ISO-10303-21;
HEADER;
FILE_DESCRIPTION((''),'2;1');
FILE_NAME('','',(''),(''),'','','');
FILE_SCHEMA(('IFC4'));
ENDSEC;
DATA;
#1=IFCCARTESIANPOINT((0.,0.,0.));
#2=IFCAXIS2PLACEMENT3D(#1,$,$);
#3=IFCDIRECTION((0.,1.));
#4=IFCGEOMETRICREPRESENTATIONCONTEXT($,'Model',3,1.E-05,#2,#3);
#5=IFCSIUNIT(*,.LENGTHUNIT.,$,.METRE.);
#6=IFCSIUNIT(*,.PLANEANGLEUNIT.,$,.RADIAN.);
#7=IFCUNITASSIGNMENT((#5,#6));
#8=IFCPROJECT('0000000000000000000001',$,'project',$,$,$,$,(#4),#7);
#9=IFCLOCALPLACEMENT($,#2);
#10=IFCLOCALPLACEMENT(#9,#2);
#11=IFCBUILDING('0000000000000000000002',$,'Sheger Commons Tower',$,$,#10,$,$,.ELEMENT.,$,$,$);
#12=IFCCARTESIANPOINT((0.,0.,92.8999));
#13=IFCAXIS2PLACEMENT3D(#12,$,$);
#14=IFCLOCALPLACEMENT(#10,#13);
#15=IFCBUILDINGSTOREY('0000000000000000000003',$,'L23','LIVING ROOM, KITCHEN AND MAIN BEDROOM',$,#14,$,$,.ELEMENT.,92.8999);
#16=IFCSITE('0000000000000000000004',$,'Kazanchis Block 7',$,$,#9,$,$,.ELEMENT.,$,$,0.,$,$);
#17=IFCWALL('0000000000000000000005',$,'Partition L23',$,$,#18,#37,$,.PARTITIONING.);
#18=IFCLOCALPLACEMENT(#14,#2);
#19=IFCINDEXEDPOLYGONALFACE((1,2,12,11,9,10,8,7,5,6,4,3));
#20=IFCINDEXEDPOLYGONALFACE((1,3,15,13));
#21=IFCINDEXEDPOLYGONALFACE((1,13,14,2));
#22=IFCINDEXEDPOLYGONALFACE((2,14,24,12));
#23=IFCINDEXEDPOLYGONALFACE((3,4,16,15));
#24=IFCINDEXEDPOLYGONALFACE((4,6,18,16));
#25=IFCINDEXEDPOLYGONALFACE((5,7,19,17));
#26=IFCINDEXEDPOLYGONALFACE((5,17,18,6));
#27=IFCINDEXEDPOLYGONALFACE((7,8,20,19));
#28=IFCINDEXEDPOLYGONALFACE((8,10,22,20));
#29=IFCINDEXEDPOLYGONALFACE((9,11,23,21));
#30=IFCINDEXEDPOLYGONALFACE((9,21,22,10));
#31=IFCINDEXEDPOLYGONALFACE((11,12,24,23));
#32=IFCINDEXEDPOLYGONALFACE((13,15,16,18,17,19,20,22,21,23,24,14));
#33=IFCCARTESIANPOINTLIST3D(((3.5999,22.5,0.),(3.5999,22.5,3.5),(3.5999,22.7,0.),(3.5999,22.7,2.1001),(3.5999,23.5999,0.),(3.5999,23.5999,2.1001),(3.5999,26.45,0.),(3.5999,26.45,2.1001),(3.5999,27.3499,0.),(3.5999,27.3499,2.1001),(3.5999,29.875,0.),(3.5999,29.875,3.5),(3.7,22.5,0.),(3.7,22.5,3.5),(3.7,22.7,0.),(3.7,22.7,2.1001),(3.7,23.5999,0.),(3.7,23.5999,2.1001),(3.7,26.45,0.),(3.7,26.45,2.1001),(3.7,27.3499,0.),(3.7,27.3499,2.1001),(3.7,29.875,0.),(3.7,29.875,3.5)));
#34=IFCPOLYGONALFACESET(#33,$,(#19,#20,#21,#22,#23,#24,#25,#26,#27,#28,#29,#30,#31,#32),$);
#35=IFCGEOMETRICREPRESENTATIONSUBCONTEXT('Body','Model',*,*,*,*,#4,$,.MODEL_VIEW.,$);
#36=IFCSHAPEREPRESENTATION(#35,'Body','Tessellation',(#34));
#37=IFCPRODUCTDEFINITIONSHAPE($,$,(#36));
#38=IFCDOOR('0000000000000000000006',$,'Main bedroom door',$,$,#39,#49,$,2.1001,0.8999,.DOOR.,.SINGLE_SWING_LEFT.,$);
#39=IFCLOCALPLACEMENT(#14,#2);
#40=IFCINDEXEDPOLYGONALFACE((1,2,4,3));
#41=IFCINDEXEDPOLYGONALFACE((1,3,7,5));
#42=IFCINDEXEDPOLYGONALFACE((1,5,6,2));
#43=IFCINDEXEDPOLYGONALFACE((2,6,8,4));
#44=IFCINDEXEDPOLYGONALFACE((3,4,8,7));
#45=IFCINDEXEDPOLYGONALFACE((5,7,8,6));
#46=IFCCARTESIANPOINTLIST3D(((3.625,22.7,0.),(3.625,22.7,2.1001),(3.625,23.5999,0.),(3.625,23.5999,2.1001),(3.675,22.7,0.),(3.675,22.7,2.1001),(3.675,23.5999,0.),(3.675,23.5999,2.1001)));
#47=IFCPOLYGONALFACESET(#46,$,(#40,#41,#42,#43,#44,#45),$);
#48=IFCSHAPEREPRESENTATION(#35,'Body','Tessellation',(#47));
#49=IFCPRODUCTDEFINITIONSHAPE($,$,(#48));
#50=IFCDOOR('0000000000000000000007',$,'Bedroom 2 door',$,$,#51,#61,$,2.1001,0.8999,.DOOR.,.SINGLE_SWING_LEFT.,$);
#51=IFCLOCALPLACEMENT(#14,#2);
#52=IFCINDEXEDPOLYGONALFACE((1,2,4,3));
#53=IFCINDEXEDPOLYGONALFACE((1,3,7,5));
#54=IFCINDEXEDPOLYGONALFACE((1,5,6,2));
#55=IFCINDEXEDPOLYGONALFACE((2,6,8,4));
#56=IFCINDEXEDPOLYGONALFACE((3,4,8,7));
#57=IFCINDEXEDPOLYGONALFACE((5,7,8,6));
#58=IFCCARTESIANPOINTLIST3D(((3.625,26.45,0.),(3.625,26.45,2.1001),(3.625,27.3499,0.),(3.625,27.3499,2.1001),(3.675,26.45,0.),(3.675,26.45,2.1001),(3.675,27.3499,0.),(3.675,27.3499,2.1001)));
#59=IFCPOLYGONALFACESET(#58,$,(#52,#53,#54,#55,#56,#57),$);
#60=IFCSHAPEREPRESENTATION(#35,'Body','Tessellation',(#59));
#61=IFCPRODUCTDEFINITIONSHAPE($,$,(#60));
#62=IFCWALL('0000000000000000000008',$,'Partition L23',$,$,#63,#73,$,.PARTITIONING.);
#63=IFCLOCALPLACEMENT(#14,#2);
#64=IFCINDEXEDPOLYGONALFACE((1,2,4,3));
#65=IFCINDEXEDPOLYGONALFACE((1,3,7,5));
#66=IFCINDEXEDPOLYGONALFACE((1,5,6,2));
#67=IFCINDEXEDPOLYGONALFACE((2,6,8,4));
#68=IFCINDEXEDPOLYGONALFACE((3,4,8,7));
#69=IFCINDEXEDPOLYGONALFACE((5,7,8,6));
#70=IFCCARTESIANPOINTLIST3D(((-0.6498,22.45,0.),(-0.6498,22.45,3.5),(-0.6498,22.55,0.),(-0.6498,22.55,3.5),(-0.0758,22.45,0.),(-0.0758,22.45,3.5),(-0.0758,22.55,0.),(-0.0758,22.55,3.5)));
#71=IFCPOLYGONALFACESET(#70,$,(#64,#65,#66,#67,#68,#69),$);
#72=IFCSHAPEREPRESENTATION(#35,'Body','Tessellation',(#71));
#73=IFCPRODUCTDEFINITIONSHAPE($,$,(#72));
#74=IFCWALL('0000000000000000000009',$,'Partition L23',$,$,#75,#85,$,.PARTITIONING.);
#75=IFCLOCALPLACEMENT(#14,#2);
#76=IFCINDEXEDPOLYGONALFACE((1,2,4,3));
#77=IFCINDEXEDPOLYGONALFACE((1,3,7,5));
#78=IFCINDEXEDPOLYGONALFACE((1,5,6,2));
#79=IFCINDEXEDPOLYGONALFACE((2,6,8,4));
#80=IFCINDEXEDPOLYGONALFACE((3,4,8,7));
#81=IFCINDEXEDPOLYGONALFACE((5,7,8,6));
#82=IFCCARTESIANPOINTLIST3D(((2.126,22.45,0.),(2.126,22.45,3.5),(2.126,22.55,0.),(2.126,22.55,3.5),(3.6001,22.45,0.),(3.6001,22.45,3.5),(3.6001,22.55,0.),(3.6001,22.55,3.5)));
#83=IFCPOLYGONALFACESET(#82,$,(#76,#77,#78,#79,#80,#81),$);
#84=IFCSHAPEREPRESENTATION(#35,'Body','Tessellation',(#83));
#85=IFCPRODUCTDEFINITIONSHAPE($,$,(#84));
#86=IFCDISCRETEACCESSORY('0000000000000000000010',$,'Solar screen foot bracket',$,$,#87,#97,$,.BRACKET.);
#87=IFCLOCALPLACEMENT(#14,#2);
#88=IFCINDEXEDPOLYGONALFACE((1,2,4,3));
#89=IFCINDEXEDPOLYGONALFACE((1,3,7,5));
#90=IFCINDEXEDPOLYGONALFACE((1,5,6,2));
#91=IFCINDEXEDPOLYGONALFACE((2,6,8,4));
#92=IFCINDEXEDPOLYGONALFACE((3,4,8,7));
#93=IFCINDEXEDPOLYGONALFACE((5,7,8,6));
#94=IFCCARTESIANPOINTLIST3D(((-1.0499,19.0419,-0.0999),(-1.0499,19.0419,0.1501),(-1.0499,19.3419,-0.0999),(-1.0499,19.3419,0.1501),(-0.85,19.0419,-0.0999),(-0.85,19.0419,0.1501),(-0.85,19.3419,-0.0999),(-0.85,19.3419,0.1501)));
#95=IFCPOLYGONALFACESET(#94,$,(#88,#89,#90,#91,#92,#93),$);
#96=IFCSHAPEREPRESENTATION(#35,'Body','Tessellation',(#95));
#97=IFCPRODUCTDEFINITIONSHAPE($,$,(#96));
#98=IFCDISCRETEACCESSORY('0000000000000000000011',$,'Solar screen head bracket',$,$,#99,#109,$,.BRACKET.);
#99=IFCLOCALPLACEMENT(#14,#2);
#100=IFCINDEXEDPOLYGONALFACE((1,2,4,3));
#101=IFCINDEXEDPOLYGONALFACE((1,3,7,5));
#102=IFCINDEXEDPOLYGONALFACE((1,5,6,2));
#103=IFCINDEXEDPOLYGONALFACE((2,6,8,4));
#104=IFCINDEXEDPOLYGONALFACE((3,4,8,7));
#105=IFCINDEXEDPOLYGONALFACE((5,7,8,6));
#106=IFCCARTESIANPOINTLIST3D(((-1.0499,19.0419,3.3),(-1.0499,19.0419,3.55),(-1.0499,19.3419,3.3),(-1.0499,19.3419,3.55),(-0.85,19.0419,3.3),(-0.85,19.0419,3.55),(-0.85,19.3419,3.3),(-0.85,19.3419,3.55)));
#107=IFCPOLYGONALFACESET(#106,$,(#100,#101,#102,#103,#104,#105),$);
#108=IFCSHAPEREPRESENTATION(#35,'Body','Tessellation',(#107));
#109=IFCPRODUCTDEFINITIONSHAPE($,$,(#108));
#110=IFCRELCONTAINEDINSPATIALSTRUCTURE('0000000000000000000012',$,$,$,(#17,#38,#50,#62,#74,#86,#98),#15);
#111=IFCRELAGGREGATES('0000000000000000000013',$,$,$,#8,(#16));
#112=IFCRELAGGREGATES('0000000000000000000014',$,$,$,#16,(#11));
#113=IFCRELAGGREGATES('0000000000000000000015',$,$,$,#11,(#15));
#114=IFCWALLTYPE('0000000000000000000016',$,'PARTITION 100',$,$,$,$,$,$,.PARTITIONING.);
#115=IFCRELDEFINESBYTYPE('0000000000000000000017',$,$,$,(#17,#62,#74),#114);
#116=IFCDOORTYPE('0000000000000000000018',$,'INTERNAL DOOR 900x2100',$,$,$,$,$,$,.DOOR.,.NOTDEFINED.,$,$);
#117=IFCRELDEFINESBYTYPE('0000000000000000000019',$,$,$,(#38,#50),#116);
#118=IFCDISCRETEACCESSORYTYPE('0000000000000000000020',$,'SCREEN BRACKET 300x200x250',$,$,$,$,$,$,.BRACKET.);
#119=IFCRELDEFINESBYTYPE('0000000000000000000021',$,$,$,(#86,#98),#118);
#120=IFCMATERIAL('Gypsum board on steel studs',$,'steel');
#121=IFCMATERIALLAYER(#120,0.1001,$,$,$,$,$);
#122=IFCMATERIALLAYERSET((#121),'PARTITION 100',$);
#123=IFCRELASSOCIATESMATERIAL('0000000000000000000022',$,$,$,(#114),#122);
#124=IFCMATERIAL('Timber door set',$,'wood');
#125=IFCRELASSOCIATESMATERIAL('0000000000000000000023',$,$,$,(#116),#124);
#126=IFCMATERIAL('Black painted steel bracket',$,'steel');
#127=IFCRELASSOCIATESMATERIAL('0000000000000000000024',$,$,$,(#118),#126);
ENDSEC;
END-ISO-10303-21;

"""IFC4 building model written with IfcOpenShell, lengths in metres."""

from ifc_helpers import new_model, si_unit, direction, frame, frame_2d, origin, origin_2d, place, context, subcontext, project, spatial, rectangle, extrude, material, layer, layer_set, type_object, element, fill, save


model = new_model("IFC4")

# Units and contexts
model_context = context("Model", 3, precision=1e-05, world=origin(), true_north=direction((0.0, 1.0)))
body_context = subcontext(model_context, "Body", "Model", "MODEL_VIEW")
ifc_project = project(units=[si_unit("LENGTHUNIT", "METRE"), si_unit("PLANEANGLEUNIT", "RADIAN")], contexts=[model_context])

# Site, building, storey
site_placement = place(None, origin())
site = spatial("IfcSite", under=ifc_project, at=site_placement, Name="Kazanchis Block 7", CompositionType="ELEMENT", RefElevation=0.0)
building_placement = place(site_placement, origin())
building = spatial("IfcBuilding", under=site, at=building_placement, Name="Sheger Commons Tower", CompositionType="ELEMENT")
storey_placement = place(building_placement, frame((0.0, 0.0, 92.8999)))
storey = spatial("IfcBuildingStorey", under=building, at=storey_placement, Name="L23", Description="LIVING ROOM, KITCHEN AND MAIN BEDROOM", CompositionType="ELEMENT", Elevation=92.8999)

# Shared definitions
ifc_material_1 = material(Name="Gypsum board on steel studs", Category="steel")
ifc_layer_1 = layer(ifc_material_1, 0.1001)
ifc_layer_set_1 = layer_set([ifc_layer_1], Name="PARTITION 100")
wall_type_1 = type_object("IfcWallType", Name="PARTITION 100", PredefinedType="PARTITIONING", material=ifc_layer_set_1)
ifc_material_2 = material(Name="Timber door set", Category="wood")
door_type = type_object("IfcDoorType", Name="INTERNAL DOOR 900x2100", OperationType="NOTDEFINED", PredefinedType="DOOR", material=ifc_material_2)

# Wall, openings, doors
wall_1_placement = place(storey_placement, frame((3.6499, 22.5, 0.0), z_axis=(0.0, 0.0, 1.0), x_axis=(0.0, 1.0, 0.0)))
wall_1 = element("IfcWall", 1, at=wall_1_placement, inside=storey, type_object=wall_type_1, Name="Partition L23", PredefinedType="PARTITIONING", context=body_context, shape_type="SweptSolid", body=[
    extrude(rectangle(XDim=7.375, YDim=0.1001, at=frame_2d((3.6875, 0.0))), origin(), (0.0, 0.0, 1.0), 3.5),
])
opening_1_placement = place(wall_1_placement, frame((0.2, 0.0, 0.0)))
opening_1 = element("IfcOpeningElement", 2, at=opening_1_placement, cuts=wall_1, PredefinedType="OPENING", context=body_context, shape_type="SweptSolid", body=[
    extrude(rectangle(XDim=0.8999, YDim=2.1001, at=frame_2d((0.45, 1.05))), frame((0.0, 0.0601, 0.0), z_axis=(0.0, -1.0, 0.0), x_axis=(1.0, 0.0, 0.0)), (0.0, 0.0, 1.0), 0.1201),
])
opening_2_placement = place(wall_1_placement, frame((3.95, 0.0, 0.0)))
opening_2 = element("IfcOpeningElement", 3, at=opening_2_placement, cuts=wall_1, PredefinedType="OPENING", context=body_context, shape_type="SweptSolid", body=[
    extrude(rectangle(XDim=0.8999, YDim=2.1001, at=frame_2d((0.45, 1.05))), frame((0.0, 0.0601, 0.0), z_axis=(0.0, -1.0, 0.0), x_axis=(1.0, 0.0, 0.0)), (0.0, 0.0, 1.0), 0.1201),
])
door_1_placement = place(opening_1_placement, origin())
door_1 = element("IfcDoor", 4, at=door_1_placement, inside=storey, type_object=door_type, Name="Main bedroom door", OperationType="SINGLE_SWING_LEFT", OverallHeight=2.1001, OverallWidth=0.8999, PredefinedType="DOOR", context=body_context, shape_type="SweptSolid", body=[
    extrude(rectangle(XDim=0.8999, YDim=2.1001, at=frame_2d((0.45, 1.05))), frame((0.0, 0.0249, 0.0), z_axis=(0.0, -1.0, 0.0), x_axis=(1.0, 0.0, 0.0)), (0.0, 0.0, 1.0), 0.05),
])
fill(opening_1, door_1)
door_2_placement = place(opening_2_placement, origin())
door_2 = element("IfcDoor", 5, at=door_2_placement, inside=storey, type_object=door_type, Name="Bedroom 2 door", OperationType="SINGLE_SWING_LEFT", OverallHeight=2.1001, OverallWidth=0.8999, PredefinedType="DOOR", context=body_context, shape_type="SweptSolid", body=[
    extrude(rectangle(XDim=0.8999, YDim=2.1001, at=frame_2d((0.45, 1.05))), frame((0.0, 0.0249, 0.0), z_axis=(0.0, -1.0, 0.0), x_axis=(1.0, 0.0, 0.0)), (0.0, 0.0, 1.0), 0.05),
])
fill(opening_2, door_2)

# Walls
wall_2_placement = place(storey_placement, frame((-0.6499, 22.5, 0.0), z_axis=(0.0, 0.0, 1.0), x_axis=(1.0, 0.0, 0.0)))
element("IfcWall", 6, at=wall_2_placement, inside=storey, type_object=wall_type_1, Name="Partition L23", PredefinedType="PARTITIONING", context=body_context, shape_type="SweptSolid", body=[
    extrude(rectangle(XDim=0.574, YDim=0.1001, at=frame_2d((0.2871, 0.0))), origin(), (0.0, 0.0, 1.0), 3.5),
])
wall_3_placement = place(storey_placement, frame((2.126, 22.5, 0.0), z_axis=(0.0, 0.0, 1.0), x_axis=(1.0, 0.0, 0.0)))
element("IfcWall", 7, at=wall_3_placement, inside=storey, type_object=wall_type_1, Name="Partition L23", PredefinedType="PARTITIONING", context=body_context, shape_type="SweptSolid", body=[
    extrude(rectangle(XDim=1.4741, YDim=0.1001, at=frame_2d((0.7371, 0.0))), origin(), (0.0, 0.0, 1.0), 3.5),
])

# Discrete accessories
ifc_material_3 = material(Name="Black painted steel bracket", Category="steel")
discrete_accessory_type = type_object("IfcDiscreteAccessoryType", Name="SCREEN BRACKET 300x200x250", PredefinedType="BRACKET", material=ifc_material_3)
for number, where, z_axis, x_axis, name in (
    (8, (-0.95, 19.1919, -0.0999), (0.0, 0.0, 1.0), (0.0, -1.0, 0.0), "Solar screen foot bracket"),
    (9, (-0.95, 19.1919, 3.3), (0.0, 0.0, 1.0), (0.0, -1.0, 0.0), "Solar screen head bracket"),
):
    element("IfcDiscreteAccessory", number, at=place(storey_placement, frame(where, z_axis=z_axis, x_axis=x_axis)), inside=storey, type_object=discrete_accessory_type, Name=name, PredefinedType="BRACKET", context=body_context, shape_type="SweptSolid", body=[
        extrude(rectangle(XDim=0.3, YDim=0.2, at=origin_2d()), origin(), (0.0, 0.0, 1.0), 0.25),
    ])

save(model, "model.ifc")
